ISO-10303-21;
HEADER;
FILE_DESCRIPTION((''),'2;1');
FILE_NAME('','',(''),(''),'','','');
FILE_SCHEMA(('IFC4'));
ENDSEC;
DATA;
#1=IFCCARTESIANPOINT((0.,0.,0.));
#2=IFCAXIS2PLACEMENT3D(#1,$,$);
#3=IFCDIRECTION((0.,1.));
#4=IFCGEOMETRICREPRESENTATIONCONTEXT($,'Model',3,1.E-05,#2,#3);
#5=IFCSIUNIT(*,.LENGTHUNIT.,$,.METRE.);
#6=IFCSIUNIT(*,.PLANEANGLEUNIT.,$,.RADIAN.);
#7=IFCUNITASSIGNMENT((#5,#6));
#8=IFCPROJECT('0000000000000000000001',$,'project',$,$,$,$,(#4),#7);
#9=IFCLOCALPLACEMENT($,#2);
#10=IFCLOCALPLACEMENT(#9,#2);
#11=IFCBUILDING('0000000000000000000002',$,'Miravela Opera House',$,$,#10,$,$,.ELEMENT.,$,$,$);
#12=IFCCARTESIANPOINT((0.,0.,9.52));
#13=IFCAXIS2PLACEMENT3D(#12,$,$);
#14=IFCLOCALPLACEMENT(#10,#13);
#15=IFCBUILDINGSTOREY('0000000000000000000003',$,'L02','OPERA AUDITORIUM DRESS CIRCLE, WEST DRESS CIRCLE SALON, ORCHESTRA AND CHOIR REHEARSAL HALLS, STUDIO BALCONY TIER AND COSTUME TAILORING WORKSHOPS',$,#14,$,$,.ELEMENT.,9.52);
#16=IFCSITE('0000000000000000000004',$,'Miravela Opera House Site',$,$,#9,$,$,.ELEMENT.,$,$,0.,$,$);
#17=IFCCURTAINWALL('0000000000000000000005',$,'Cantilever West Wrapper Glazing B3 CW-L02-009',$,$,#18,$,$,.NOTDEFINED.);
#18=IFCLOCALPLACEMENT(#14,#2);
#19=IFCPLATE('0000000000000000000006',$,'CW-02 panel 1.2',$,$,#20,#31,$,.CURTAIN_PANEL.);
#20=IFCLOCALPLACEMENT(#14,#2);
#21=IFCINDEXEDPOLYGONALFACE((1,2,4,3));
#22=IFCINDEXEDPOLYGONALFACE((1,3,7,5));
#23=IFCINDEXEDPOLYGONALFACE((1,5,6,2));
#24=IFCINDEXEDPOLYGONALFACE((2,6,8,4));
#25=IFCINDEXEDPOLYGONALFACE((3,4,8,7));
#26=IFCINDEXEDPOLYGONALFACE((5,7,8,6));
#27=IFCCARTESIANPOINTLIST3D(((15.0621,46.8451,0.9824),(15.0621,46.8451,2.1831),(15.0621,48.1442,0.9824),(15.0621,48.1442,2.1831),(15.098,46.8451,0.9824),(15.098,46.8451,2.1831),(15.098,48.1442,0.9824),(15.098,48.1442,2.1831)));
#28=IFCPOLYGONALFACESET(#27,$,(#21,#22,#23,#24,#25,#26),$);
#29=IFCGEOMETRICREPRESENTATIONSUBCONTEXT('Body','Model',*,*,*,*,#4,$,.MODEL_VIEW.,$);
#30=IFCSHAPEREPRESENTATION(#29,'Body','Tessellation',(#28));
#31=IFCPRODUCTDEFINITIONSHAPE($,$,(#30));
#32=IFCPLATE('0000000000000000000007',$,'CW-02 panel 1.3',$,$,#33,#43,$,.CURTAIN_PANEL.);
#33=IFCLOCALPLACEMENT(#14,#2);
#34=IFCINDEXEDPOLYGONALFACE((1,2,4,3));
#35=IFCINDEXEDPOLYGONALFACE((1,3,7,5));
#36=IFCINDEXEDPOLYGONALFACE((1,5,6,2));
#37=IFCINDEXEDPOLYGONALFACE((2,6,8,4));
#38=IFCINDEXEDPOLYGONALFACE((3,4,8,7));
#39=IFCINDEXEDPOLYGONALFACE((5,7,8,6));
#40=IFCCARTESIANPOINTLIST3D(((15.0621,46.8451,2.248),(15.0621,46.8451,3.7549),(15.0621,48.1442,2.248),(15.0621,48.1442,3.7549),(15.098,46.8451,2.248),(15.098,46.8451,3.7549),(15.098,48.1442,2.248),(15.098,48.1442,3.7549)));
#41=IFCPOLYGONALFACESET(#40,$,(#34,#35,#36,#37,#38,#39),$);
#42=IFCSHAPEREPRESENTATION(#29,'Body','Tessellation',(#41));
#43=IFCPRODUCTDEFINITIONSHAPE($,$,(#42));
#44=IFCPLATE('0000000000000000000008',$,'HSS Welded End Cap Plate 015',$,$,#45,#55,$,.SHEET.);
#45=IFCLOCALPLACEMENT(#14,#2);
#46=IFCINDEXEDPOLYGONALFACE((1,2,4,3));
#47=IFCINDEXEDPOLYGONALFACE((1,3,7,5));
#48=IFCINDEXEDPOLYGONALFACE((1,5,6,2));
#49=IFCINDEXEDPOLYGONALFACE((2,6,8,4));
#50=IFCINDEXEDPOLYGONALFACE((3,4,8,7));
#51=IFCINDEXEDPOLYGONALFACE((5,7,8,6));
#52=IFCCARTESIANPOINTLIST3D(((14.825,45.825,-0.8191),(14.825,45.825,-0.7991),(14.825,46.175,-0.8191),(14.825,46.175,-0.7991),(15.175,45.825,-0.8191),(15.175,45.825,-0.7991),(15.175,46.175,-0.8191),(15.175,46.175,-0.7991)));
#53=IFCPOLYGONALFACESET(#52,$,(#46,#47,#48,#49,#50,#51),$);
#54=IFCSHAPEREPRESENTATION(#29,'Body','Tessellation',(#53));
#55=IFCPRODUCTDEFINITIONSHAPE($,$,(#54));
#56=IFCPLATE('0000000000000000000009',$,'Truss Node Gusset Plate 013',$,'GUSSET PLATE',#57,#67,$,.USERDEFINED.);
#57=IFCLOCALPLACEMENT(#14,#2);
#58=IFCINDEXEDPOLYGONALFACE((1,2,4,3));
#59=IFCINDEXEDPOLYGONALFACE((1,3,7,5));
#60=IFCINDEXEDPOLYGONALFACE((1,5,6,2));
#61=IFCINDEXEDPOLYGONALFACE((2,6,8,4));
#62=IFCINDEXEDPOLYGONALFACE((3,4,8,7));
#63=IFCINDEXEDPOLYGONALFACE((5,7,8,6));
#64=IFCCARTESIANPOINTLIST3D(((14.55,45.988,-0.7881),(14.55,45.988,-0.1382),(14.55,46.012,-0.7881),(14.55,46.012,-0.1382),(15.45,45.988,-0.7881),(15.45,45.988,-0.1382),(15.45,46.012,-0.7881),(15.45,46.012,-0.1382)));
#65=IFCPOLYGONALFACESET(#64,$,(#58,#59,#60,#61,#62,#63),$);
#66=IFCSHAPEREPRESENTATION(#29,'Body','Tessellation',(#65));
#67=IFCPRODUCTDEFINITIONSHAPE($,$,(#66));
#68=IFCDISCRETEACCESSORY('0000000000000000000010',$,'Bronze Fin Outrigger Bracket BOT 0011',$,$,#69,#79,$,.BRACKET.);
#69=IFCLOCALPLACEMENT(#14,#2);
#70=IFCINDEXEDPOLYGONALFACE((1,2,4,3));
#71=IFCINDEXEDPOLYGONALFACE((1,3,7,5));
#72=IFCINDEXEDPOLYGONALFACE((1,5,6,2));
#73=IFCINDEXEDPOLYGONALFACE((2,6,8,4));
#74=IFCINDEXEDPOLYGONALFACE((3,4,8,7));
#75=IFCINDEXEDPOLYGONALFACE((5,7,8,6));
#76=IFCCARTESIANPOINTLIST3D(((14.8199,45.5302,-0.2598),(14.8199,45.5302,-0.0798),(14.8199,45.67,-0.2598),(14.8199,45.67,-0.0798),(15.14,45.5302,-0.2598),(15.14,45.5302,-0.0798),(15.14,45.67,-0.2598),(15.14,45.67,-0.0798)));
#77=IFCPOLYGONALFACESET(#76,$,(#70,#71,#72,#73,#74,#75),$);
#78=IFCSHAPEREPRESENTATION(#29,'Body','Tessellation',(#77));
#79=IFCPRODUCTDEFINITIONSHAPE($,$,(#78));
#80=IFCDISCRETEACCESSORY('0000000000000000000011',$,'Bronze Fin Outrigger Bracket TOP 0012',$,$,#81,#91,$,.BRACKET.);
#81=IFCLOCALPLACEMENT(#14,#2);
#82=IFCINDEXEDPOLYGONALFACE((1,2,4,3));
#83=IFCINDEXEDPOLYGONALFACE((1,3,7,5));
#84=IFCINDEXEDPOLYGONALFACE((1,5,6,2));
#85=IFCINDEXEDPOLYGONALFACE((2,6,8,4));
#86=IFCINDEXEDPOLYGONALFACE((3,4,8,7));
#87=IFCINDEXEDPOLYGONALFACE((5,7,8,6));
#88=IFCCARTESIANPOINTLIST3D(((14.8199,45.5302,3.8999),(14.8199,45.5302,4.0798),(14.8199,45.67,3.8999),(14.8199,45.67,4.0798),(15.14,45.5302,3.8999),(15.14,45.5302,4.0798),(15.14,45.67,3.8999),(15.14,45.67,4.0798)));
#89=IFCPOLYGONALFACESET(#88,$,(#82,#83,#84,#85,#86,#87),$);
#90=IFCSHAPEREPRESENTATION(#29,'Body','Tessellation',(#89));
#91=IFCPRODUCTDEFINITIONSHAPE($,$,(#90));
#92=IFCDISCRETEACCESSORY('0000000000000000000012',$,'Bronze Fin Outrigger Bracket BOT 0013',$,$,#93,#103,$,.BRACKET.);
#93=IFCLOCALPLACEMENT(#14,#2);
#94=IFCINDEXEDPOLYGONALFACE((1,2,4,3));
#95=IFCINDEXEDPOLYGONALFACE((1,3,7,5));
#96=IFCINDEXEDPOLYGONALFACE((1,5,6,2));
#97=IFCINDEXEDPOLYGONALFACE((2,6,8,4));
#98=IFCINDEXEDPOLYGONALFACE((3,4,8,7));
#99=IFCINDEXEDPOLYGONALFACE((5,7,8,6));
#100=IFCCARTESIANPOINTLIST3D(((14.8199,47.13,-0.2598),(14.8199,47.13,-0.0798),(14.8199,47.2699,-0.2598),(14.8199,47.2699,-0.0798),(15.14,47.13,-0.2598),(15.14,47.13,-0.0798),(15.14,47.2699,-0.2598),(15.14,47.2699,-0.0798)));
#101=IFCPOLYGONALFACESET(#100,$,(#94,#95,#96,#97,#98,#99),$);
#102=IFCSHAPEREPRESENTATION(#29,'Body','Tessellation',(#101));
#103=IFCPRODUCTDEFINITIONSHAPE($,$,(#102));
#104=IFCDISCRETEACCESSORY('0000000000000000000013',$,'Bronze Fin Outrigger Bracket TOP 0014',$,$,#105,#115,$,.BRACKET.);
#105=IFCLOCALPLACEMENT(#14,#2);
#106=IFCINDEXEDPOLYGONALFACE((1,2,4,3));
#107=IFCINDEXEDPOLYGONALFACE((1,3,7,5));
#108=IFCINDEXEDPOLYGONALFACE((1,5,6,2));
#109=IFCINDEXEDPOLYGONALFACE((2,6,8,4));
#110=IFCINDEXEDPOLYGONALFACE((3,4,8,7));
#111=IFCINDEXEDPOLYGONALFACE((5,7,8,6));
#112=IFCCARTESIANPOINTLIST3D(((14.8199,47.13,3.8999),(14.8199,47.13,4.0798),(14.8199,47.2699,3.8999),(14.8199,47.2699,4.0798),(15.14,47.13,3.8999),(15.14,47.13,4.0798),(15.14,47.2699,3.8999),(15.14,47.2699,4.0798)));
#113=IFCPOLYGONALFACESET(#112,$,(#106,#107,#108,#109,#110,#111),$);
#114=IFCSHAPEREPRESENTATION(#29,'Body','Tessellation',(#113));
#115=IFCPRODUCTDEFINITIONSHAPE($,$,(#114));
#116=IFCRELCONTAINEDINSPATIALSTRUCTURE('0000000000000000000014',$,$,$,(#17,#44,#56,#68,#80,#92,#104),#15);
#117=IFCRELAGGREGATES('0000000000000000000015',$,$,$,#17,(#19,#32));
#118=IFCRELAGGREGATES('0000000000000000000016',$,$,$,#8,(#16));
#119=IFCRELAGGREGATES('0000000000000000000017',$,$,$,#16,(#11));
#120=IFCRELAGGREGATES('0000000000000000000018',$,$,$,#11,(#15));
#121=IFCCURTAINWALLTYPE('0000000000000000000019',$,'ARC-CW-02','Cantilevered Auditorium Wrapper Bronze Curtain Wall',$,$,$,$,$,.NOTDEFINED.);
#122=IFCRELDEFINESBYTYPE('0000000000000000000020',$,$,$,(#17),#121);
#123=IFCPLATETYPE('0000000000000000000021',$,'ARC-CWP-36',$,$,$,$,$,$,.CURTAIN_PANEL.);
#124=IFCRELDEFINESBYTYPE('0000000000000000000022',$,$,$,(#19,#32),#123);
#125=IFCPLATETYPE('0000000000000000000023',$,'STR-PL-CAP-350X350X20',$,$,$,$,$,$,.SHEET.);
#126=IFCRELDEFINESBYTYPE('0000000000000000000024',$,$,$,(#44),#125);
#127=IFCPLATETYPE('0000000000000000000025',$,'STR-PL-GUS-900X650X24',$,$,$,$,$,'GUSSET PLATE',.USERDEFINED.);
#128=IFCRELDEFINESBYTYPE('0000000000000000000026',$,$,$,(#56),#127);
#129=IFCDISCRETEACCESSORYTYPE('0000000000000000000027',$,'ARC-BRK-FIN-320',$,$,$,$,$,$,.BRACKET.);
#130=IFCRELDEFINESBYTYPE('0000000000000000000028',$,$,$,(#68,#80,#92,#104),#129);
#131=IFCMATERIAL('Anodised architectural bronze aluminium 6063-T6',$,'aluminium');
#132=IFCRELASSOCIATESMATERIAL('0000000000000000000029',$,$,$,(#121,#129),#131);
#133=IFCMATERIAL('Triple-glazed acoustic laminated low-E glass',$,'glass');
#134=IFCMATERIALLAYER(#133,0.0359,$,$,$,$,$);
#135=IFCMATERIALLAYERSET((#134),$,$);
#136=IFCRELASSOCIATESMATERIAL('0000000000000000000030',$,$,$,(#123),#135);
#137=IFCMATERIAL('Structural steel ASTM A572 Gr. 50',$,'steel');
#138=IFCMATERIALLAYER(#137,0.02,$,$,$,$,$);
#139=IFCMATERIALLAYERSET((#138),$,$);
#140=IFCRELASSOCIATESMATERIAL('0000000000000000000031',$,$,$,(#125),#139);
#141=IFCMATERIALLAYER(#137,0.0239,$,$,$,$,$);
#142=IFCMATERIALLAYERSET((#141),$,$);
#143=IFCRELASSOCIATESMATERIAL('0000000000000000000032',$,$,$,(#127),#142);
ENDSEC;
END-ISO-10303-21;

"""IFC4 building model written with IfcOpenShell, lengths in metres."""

from ifc_helpers import new_model, si_unit, direction, frame, origin, origin_2d, place, context, subcontext, project, spatial, rectangle, extrude, material, layer, layer_set, type_object, element, aggregate, save


model = new_model("IFC4")

# Units and contexts
model_context = context("Model", 3, precision=1e-05, world=origin(), true_north=direction((0.0, 1.0)))
body_context = subcontext(model_context, "Body", "Model", "MODEL_VIEW")
ifc_project = project(units=[si_unit("LENGTHUNIT", "METRE"), si_unit("PLANEANGLEUNIT", "RADIAN")], contexts=[model_context])

# Site, building, storey
site_placement = place(None, origin())
site = spatial("IfcSite", under=ifc_project, at=site_placement, Name="Miravela Opera House Site", CompositionType="ELEMENT", RefElevation=0.0)
building_placement = place(site_placement, origin())
building = spatial("IfcBuilding", under=site, at=building_placement, Name="Miravela Opera House", CompositionType="ELEMENT")
storey_placement = place(building_placement, frame((0.0, 0.0, 9.52)))
storey = spatial("IfcBuildingStorey", under=building, at=storey_placement, Name="L02", Description="OPERA AUDITORIUM DRESS CIRCLE, WEST DRESS CIRCLE SALON, ORCHESTRA AND CHOIR REHEARSAL HALLS, STUDIO BALCONY TIER AND COSTUME TAILORING WORKSHOPS", CompositionType="ELEMENT", Elevation=9.52)

# Shared definitions
ifc_material_1 = material(Name="Anodised architectural bronze aluminium 6063-T6", Category="aluminium")
curtain_wall_type = type_object("IfcCurtainWallType", Name="ARC-CW-02", Description="Cantilevered Auditorium Wrapper Bronze Curtain Wall", PredefinedType="NOTDEFINED", material=ifc_material_1)

# Curtain wall
curtain_wall_1_placement = place(storey_placement, origin())
curtain_wall_1 = element("IfcCurtainWall", 1, at=curtain_wall_1_placement, inside=storey, type_object=curtain_wall_type, Name="Cantilever West Wrapper Glazing B3 CW-L02-009", PredefinedType="NOTDEFINED")

# Plates
ifc_material_2 = material(Name="Triple-glazed acoustic laminated low-E glass", Category="glass")
ifc_layer_1 = layer(ifc_material_2, 0.0359)
ifc_layer_set_1 = layer_set([ifc_layer_1])
plate_type_1 = type_object("IfcPlateType", Name="ARC-CWP-36", PredefinedType="CURTAIN_PANEL", material=ifc_layer_set_1)
plate_1_placement = place(storey_placement, frame((15.0801, 47.4946, 0.9824), z_axis=(0.0, 0.0, 1.0), x_axis=(0.0, 1.0, 0.0)))
plate_1 = element("IfcPlate", 2, at=plate_1_placement, type_object=plate_type_1, Name="CW-02 panel 1.2", PredefinedType="CURTAIN_PANEL", context=body_context, shape_type="SweptSolid", body=[
    extrude(rectangle(XDim=1.2991, YDim=0.0359, at=origin_2d()), origin(), (0.0, 0.0, 1.0), 1.2007),
])
plate_2_placement = place(storey_placement, frame((15.0801, 47.4946, 2.248), z_axis=(0.0, 0.0, 1.0), x_axis=(0.0, 1.0, 0.0)))
plate_2 = element("IfcPlate", 3, at=plate_2_placement, type_object=plate_type_1, Name="CW-02 panel 1.3", PredefinedType="CURTAIN_PANEL", context=body_context, shape_type="SweptSolid", body=[
    extrude(rectangle(XDim=1.2991, YDim=0.0359, at=origin_2d()), origin(), (0.0, 0.0, 1.0), 1.5068),
])
aggregate(curtain_wall_1, [plate_1, plate_2])

# Plates
ifc_material_3 = material(Name="Structural steel ASTM A572 Gr. 50", Category="steel")
ifc_layer_2 = layer(ifc_material_3, 0.02)
ifc_layer_set_2 = layer_set([ifc_layer_2])
plate_type_2 = type_object("IfcPlateType", Name="STR-PL-CAP-350X350X20", PredefinedType="SHEET", material=ifc_layer_set_2)
plate_3_placement = place(storey_placement, frame((15.0, 46.0, -0.8191), z_axis=(0.0, 0.0, 1.0), x_axis=(1.0, 0.0, 0.0)))
element("IfcPlate", 4, at=plate_3_placement, inside=storey, type_object=plate_type_2, Name="HSS Welded End Cap Plate 015", PredefinedType="SHEET", context=body_context, shape_type="SweptSolid", body=[
    extrude(rectangle(XDim=0.3501, YDim=0.3501, at=origin_2d()), origin(), (0.0, 0.0, 1.0), 0.02),
])
ifc_layer_3 = layer(ifc_material_3, 0.0239)
ifc_layer_set_3 = layer_set([ifc_layer_3])
plate_type_3 = type_object("IfcPlateType", Name="STR-PL-GUS-900X650X24", ElementType="GUSSET PLATE", PredefinedType="USERDEFINED", material=ifc_layer_set_3)
plate_4_placement = place(storey_placement, frame((15.0, 46.0, -0.7881), z_axis=(0.0, 0.0, 1.0), x_axis=(1.0, 0.0, 0.0)))
element("IfcPlate", 5, at=plate_4_placement, inside=storey, type_object=plate_type_3, Name="Truss Node Gusset Plate 013", ObjectType="GUSSET PLATE", PredefinedType="USERDEFINED", context=body_context, shape_type="SweptSolid", body=[
    extrude(rectangle(XDim=0.8999, YDim=0.0239, at=origin_2d()), origin(), (0.0, 0.0, 1.0), 0.6499),
])

# Discrete accessories
discrete_accessory_type = type_object("IfcDiscreteAccessoryType", Name="ARC-BRK-FIN-320", PredefinedType="BRACKET", material=ifc_material_1)
for number, where, z_axis, x_axis, name in (
    (6, (14.98, 45.6001, -0.2598), (0.0, 0.0, 1.0), (1.0, 0.0, 0.0), "Bronze Fin Outrigger Bracket BOT 0011"),
    (7, (14.98, 45.6001, 3.8999), (0.0, 0.0, 1.0), (1.0, 0.0, 0.0), "Bronze Fin Outrigger Bracket TOP 0012"),
    (8, (14.98, 47.2, -0.2598), (0.0, 0.0, 1.0), (1.0, 0.0, 0.0), "Bronze Fin Outrigger Bracket BOT 0013"),
    (9, (14.98, 47.2, 3.8999), (0.0, 0.0, 1.0), (1.0, 0.0, 0.0), "Bronze Fin Outrigger Bracket TOP 0014"),
):
    element("IfcDiscreteAccessory", number, at=place(storey_placement, frame(where, z_axis=z_axis, x_axis=x_axis)), inside=storey, type_object=discrete_accessory_type, Name=name, PredefinedType="BRACKET", context=body_context, shape_type="SweptSolid", body=[
        extrude(rectangle(XDim=0.3201, YDim=0.1399, at=origin_2d()), origin(), (0.0, 0.0, 1.0), 0.1799),
    ])

save(model, "model.ifc")
